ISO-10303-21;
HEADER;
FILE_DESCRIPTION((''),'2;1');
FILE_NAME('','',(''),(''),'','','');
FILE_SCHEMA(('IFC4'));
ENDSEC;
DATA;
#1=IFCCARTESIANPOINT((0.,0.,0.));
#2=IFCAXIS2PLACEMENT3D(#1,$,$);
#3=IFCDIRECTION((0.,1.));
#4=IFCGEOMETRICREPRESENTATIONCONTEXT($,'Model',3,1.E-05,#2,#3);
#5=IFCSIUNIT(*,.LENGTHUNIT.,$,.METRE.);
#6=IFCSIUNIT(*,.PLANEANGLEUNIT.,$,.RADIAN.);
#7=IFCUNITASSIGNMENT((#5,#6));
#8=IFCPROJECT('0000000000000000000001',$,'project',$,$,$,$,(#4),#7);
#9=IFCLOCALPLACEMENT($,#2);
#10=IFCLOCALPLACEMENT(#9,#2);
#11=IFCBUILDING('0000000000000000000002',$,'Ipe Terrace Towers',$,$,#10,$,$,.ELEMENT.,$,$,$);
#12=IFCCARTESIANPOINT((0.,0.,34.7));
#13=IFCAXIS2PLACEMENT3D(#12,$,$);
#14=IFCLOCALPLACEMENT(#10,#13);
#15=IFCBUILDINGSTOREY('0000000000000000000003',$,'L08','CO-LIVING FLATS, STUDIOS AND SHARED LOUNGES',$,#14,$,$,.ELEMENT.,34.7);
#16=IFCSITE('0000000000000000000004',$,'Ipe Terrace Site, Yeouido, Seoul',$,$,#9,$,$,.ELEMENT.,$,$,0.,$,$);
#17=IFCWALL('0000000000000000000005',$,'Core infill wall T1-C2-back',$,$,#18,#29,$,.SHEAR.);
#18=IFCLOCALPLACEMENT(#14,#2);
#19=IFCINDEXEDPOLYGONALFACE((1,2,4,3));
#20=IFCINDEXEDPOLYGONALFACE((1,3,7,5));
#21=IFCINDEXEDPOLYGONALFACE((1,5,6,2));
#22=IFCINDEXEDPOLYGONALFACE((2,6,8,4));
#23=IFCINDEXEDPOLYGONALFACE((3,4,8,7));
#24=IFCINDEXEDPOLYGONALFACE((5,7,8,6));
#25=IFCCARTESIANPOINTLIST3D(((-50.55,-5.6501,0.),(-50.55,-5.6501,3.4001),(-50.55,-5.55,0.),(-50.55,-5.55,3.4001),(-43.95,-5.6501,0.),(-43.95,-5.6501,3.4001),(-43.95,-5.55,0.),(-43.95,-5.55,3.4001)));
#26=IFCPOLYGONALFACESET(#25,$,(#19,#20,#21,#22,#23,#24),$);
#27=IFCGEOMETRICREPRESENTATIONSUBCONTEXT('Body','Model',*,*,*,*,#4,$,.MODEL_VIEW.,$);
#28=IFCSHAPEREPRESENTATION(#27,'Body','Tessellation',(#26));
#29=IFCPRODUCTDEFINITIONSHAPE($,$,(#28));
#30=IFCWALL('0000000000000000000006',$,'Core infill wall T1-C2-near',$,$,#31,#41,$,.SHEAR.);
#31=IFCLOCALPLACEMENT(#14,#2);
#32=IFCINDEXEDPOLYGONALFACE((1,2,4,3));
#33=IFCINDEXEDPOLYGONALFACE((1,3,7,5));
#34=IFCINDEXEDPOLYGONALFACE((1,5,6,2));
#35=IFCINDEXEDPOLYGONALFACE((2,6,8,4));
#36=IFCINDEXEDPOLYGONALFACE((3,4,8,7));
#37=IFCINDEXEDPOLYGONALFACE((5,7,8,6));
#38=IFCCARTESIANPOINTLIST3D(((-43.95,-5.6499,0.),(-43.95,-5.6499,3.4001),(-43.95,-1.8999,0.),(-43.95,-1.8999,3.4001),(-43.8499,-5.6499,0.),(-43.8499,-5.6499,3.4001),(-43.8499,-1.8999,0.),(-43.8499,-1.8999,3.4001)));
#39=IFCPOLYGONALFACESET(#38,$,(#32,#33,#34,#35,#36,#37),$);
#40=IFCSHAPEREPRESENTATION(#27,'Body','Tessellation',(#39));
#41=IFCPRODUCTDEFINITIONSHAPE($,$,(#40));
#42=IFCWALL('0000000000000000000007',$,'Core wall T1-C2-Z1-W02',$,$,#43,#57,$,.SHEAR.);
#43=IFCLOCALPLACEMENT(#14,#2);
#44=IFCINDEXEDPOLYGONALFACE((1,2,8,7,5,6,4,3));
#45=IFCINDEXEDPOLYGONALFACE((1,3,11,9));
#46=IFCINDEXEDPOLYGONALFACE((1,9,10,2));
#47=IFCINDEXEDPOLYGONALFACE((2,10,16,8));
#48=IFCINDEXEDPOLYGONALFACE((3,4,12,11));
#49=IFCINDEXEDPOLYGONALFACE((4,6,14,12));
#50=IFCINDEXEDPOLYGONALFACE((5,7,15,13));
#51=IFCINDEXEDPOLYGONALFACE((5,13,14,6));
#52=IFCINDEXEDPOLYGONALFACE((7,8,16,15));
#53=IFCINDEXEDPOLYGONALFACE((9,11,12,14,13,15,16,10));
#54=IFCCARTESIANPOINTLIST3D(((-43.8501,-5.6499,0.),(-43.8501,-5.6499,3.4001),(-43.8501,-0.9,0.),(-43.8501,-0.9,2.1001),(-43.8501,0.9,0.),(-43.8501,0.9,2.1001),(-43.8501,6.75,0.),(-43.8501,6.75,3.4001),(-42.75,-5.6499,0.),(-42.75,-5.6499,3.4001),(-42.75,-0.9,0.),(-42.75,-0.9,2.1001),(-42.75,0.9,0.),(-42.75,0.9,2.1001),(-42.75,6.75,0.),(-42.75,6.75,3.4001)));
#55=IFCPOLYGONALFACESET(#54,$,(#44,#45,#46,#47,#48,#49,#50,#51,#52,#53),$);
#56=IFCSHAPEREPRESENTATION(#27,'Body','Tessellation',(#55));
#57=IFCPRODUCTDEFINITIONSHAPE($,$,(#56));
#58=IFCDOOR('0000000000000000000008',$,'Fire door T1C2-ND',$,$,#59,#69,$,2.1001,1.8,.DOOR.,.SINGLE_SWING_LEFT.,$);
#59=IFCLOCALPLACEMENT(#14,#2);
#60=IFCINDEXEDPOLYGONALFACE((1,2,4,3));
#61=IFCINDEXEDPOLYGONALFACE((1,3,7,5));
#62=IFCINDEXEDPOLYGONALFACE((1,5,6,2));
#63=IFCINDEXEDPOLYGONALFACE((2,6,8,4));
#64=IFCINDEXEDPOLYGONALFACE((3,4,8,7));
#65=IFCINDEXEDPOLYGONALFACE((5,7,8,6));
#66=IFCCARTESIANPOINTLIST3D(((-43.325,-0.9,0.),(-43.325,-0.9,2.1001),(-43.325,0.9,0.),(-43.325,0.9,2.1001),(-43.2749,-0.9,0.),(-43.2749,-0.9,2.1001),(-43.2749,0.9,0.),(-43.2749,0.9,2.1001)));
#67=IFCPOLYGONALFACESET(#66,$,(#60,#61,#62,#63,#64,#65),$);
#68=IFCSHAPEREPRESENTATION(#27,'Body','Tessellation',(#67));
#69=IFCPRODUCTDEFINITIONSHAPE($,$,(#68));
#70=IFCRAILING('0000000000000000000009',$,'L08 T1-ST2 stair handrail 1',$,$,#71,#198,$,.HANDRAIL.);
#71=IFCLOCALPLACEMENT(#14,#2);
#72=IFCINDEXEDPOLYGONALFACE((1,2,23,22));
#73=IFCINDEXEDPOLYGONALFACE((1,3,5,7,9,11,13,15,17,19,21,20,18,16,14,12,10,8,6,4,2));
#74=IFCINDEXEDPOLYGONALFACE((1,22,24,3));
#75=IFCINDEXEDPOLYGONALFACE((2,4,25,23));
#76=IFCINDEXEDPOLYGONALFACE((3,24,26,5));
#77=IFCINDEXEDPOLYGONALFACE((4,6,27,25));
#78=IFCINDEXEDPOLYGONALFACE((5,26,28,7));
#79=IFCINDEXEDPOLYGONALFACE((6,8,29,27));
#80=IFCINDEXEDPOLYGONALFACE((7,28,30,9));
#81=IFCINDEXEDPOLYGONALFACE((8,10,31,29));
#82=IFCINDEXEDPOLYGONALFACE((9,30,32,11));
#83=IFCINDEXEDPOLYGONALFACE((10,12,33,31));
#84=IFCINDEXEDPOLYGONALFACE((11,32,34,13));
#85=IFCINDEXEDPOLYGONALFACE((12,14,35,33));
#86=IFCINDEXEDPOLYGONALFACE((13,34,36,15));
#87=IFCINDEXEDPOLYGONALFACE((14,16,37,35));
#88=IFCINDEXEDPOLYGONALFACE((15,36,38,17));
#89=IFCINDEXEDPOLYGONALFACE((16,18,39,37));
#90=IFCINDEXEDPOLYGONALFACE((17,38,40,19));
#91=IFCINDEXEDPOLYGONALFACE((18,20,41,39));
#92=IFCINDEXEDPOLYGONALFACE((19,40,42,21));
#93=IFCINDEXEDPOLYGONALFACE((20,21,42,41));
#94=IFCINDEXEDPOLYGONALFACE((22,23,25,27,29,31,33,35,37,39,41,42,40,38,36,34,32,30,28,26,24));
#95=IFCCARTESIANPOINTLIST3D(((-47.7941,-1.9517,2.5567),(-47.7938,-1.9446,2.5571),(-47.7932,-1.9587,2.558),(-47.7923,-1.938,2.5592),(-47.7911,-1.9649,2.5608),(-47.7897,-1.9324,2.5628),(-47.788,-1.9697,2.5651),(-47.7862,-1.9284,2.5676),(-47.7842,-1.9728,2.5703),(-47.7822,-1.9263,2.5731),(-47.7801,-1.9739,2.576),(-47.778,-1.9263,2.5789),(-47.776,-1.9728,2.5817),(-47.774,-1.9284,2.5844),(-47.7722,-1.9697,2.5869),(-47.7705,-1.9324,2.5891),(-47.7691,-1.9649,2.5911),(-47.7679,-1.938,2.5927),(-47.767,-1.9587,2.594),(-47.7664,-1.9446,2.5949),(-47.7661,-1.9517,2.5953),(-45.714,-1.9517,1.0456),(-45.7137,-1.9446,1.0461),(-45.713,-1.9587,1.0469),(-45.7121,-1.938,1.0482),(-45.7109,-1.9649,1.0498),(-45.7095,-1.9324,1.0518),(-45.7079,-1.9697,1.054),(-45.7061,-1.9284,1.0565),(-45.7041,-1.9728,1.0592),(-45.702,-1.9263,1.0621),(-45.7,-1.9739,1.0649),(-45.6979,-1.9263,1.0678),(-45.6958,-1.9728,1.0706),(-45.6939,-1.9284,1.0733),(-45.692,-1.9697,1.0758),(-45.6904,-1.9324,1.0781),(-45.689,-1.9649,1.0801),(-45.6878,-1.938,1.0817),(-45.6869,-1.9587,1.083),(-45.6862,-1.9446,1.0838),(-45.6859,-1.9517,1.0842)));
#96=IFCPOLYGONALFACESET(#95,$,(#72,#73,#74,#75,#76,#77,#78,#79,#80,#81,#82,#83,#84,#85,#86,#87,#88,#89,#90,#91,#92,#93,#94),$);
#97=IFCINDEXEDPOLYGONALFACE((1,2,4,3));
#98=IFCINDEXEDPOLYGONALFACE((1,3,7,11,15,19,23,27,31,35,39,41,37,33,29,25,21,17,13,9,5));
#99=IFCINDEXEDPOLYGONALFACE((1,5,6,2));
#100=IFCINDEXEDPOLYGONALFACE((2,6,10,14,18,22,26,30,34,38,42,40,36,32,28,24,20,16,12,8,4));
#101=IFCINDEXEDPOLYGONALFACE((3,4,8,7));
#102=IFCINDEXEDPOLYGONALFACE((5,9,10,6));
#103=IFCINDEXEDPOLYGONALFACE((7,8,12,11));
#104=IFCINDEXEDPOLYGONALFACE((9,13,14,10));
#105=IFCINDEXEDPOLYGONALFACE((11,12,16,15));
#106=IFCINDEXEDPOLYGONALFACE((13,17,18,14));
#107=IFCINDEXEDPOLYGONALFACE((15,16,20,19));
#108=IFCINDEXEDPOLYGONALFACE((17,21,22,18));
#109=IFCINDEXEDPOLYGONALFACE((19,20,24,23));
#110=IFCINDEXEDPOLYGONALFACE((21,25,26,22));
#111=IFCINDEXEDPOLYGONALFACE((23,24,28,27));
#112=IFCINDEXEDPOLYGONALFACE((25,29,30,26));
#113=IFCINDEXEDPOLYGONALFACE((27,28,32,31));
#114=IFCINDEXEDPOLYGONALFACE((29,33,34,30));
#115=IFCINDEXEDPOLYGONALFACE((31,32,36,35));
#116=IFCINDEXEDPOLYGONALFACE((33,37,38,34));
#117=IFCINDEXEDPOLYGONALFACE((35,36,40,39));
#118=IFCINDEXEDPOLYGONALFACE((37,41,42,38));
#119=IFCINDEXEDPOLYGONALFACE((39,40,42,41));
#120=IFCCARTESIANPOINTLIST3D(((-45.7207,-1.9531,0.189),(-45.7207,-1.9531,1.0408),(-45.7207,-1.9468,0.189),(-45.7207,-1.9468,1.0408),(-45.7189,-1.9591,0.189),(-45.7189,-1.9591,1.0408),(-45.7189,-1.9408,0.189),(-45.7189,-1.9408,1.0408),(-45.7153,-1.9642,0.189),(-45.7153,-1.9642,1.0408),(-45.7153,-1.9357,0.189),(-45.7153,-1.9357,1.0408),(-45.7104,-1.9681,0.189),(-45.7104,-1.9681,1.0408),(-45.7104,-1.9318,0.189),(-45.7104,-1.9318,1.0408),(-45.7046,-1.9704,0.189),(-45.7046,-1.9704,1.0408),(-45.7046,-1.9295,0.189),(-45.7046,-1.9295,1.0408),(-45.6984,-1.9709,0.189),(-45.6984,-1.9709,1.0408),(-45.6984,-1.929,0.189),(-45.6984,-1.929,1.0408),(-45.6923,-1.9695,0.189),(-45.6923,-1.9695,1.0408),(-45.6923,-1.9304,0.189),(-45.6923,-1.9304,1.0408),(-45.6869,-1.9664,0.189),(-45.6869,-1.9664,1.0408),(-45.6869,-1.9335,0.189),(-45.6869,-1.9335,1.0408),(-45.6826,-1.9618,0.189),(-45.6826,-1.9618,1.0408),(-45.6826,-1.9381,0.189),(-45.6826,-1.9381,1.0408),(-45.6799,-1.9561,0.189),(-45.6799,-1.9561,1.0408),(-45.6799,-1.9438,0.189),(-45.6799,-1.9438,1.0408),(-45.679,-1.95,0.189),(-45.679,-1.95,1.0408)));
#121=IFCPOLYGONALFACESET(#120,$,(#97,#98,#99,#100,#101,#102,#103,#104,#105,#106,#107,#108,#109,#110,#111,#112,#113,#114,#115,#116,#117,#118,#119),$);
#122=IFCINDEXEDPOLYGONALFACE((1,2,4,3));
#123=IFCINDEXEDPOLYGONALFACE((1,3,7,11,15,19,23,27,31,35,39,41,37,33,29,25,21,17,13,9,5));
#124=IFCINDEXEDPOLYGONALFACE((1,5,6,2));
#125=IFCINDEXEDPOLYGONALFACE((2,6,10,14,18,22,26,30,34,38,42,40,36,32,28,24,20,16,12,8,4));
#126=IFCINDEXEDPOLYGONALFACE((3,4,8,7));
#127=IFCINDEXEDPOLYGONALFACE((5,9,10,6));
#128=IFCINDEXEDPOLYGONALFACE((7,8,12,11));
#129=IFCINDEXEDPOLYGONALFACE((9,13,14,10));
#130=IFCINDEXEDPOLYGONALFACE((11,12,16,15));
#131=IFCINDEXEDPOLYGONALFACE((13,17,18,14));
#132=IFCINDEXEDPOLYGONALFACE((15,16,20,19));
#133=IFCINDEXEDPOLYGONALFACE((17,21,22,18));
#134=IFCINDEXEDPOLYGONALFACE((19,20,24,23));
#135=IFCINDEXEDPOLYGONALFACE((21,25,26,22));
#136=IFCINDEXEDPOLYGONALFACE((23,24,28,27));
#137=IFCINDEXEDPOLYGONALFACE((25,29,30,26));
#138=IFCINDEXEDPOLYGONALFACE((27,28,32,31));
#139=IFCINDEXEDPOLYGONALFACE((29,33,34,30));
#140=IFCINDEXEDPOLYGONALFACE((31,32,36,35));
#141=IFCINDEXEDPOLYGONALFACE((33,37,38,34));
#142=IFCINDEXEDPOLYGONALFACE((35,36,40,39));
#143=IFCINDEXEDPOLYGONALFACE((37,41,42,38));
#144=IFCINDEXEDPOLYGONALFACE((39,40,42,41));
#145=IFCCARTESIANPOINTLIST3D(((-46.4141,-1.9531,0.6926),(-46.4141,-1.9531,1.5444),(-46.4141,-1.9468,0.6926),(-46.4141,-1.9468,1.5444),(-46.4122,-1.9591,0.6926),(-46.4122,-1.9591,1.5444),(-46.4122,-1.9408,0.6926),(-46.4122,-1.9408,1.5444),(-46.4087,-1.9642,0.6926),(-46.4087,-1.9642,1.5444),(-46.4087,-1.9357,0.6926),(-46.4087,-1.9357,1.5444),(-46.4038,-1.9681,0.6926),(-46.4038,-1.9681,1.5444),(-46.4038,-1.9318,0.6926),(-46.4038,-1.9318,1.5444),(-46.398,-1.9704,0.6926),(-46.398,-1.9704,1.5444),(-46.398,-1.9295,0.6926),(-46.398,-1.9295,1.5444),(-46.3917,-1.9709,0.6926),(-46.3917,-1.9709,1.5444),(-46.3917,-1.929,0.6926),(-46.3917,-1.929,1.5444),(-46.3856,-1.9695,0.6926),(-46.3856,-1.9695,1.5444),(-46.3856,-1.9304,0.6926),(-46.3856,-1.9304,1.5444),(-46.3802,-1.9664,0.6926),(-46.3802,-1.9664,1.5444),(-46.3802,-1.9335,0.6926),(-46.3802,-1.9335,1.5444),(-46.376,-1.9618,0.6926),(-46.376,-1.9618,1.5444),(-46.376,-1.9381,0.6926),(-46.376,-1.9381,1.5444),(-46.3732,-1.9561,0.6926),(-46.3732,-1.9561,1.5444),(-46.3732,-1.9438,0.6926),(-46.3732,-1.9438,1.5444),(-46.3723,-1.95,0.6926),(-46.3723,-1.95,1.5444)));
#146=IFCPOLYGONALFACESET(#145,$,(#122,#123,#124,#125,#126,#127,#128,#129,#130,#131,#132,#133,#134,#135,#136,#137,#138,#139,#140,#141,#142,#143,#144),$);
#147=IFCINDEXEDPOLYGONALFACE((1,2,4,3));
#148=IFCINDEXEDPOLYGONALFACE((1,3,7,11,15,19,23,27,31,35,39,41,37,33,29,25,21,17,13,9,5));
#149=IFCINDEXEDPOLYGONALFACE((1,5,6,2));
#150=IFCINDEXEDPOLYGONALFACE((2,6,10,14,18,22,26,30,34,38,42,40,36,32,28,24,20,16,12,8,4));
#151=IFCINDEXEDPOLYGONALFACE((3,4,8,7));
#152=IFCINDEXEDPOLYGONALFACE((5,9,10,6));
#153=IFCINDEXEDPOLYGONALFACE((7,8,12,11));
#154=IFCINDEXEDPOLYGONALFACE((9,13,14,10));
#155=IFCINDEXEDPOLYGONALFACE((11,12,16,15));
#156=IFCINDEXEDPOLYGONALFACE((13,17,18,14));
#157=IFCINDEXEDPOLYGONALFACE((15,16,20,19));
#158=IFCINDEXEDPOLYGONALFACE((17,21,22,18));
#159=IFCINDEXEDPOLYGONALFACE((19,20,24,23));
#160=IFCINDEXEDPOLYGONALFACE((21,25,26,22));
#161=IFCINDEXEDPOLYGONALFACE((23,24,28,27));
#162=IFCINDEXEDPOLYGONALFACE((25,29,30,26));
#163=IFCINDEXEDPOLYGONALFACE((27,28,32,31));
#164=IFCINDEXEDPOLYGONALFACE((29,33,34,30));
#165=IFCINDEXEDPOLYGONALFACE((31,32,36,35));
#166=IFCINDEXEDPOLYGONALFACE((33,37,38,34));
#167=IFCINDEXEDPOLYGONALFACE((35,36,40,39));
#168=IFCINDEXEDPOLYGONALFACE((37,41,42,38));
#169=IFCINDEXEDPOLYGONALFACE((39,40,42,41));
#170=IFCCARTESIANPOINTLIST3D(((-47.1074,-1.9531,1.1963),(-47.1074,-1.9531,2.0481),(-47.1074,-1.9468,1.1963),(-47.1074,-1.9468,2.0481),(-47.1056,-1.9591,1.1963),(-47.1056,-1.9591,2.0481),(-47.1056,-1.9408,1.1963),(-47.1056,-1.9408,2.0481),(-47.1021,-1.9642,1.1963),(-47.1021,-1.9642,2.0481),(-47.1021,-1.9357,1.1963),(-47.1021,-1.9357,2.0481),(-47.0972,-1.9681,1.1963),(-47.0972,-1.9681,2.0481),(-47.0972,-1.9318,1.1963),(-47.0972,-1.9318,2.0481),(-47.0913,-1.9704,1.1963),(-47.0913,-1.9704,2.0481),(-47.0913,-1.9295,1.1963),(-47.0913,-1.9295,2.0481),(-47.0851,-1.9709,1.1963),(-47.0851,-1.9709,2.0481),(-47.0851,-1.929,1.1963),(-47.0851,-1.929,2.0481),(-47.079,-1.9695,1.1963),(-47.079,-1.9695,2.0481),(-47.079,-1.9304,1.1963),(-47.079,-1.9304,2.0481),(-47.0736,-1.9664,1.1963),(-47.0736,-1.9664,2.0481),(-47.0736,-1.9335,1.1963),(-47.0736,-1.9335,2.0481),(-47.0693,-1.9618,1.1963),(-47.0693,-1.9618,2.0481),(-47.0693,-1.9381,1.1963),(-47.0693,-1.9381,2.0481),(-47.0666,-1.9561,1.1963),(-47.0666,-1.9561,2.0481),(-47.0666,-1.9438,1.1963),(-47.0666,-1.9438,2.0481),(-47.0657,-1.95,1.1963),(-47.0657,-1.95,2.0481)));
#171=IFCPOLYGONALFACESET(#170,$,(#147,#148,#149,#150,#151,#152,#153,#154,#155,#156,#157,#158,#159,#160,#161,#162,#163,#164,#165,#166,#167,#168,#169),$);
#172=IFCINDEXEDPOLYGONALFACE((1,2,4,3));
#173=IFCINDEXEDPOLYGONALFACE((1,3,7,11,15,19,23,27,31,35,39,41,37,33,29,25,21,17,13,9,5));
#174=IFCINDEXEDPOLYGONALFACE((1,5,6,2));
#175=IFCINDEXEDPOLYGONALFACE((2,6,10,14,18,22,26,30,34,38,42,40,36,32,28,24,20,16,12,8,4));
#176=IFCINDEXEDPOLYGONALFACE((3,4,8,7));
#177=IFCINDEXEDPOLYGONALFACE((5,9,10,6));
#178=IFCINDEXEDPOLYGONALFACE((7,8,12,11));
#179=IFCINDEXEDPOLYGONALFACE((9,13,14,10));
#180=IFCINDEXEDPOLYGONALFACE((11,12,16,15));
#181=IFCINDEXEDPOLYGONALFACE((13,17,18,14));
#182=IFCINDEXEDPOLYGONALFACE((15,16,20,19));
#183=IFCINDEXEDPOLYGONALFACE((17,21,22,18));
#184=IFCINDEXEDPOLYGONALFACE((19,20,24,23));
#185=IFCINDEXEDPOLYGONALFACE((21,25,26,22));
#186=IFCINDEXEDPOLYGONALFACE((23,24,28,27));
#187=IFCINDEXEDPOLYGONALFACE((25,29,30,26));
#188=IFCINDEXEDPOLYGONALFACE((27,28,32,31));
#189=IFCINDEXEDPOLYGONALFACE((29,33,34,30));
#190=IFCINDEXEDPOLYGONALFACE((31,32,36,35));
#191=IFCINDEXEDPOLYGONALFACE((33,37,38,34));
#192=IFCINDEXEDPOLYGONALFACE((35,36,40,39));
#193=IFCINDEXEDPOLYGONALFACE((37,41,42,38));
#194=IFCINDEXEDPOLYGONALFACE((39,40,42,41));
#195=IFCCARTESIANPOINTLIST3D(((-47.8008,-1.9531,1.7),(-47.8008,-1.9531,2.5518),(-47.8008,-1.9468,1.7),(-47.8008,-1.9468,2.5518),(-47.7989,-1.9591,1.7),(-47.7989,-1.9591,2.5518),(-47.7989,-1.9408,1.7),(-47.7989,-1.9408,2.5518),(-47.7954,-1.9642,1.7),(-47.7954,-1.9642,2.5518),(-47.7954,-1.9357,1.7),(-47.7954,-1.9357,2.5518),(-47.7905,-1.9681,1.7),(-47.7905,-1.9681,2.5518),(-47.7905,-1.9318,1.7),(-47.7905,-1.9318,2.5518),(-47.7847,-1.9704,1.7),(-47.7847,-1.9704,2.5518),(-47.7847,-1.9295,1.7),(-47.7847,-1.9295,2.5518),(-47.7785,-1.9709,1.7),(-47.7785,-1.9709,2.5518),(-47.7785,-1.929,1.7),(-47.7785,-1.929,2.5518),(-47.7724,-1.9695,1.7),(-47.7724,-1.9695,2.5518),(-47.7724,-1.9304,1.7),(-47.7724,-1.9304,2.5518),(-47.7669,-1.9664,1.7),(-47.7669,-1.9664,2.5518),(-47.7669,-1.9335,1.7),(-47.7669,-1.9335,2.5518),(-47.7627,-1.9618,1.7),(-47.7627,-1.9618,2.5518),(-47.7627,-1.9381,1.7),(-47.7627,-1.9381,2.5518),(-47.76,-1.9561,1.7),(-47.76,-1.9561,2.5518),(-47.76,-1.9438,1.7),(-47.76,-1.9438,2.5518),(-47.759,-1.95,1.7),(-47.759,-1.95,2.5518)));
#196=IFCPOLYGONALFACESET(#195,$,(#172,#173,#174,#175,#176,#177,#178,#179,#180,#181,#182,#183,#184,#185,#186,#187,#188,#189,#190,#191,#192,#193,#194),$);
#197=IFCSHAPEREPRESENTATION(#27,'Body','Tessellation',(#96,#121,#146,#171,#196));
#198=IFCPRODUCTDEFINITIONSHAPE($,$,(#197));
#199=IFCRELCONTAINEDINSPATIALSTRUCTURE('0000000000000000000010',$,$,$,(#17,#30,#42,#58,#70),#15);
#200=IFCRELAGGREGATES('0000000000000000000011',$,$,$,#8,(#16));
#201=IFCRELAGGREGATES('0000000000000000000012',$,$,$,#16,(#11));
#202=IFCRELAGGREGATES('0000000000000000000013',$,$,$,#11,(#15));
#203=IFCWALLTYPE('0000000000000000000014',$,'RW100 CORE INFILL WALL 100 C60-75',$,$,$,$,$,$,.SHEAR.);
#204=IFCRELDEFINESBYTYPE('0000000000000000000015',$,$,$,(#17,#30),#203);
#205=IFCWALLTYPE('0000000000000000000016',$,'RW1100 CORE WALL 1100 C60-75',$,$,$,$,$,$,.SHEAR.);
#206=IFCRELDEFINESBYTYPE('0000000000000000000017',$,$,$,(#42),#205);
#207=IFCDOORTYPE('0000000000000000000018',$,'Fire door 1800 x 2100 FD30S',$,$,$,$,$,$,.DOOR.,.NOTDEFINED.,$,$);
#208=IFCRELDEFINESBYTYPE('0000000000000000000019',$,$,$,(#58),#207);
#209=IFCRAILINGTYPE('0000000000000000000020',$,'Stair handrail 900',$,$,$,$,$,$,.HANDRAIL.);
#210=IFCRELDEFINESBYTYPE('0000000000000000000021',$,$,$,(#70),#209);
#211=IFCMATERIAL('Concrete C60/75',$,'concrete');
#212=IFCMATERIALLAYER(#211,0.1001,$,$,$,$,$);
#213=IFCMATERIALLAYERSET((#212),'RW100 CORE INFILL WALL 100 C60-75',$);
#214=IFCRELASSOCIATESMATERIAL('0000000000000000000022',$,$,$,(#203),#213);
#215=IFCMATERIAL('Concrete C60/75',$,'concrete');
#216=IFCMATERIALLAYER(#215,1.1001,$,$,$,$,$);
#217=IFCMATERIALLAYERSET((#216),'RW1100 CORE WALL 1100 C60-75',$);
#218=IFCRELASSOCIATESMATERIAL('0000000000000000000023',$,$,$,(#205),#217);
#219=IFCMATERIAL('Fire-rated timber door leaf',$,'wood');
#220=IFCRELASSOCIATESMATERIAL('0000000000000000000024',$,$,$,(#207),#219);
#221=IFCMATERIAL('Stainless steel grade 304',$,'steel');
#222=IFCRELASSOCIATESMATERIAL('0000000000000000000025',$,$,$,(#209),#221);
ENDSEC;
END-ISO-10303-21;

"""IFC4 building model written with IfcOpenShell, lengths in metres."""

from ifc_helpers import new_model, si_unit, direction, frame, frame_2d, origin, origin_2d, place, context, subcontext, project, spatial, rectangle, circle, extrude, material, layer, layer_set, type_object, element, fill, save


model = new_model("IFC4")

# Units and contexts
model_context = context("Model", 3, precision=1e-05, world=origin(), true_north=direction((0.0, 1.0)))
body_context = subcontext(model_context, "Body", "Model", "MODEL_VIEW")
ifc_project = project(units=[si_unit("LENGTHUNIT", "METRE"), si_unit("PLANEANGLEUNIT", "RADIAN")], contexts=[model_context])

# Site, building, storey
site_placement = place(None, origin())
site = spatial("IfcSite", under=ifc_project, at=site_placement, Name="Ipe Terrace Site, Yeouido, Seoul", CompositionType="ELEMENT", RefElevation=0.0)
building_placement = place(site_placement, origin())
building = spatial("IfcBuilding", under=site, at=building_placement, Name="Ipe Terrace Towers", CompositionType="ELEMENT")
storey_placement = place(building_placement, frame((0.0, 0.0, 34.7)))
storey = spatial("IfcBuildingStorey", under=building, at=storey_placement, Name="L08", Description="CO-LIVING FLATS, STUDIOS AND SHARED LOUNGES", CompositionType="ELEMENT", Elevation=34.7)

# Walls
ifc_material_1 = material(Name="Concrete C60/75", Category="concrete")
ifc_layer_1 = layer(ifc_material_1, 0.1001)
ifc_layer_set_1 = layer_set([ifc_layer_1], Name="RW100 CORE INFILL WALL 100 C60-75")
wall_type_1 = type_object("IfcWallType", Name="RW100 CORE INFILL WALL 100 C60-75", PredefinedType="SHEAR", material=ifc_layer_set_1)
wall_1_placement = place(storey_placement, frame((-43.95, -5.6001, 0.0), z_axis=(0.0, 0.0, 1.0), x_axis=(-1.0, 0.0, 0.0)))
element("IfcWall", 1, at=wall_1_placement, inside=storey, type_object=wall_type_1, Name="Core infill wall T1-C2-back", PredefinedType="SHEAR", context=body_context, shape_type="SweptSolid", body=[
    extrude(rectangle(XDim=6.6001, YDim=0.1001, at=frame_2d((3.3, 0.0))), origin(), (0.0, 0.0, 1.0), 3.4001),
])
wall_2_placement = place(storey_placement, frame((-43.8999, -1.8999, 0.0), z_axis=(0.0, 0.0, 1.0), x_axis=(0.0, -1.0, 0.0)))
element("IfcWall", 2, at=wall_2_placement, inside=storey, type_object=wall_type_1, Name="Core infill wall T1-C2-near", PredefinedType="SHEAR", context=body_context, shape_type="SweptSolid", body=[
    extrude(rectangle(XDim=3.75, YDim=0.1001, at=frame_2d((1.875, 0.0))), origin(), (0.0, 0.0, 1.0), 3.4001),
])

# Wall, opening, door
ifc_material_2 = material(Name="Concrete C60/75", Category="concrete")
ifc_layer_2 = layer(ifc_material_2, 1.1001)
ifc_layer_set_2 = layer_set([ifc_layer_2], Name="RW1100 CORE WALL 1100 C60-75")
wall_type_2 = type_object("IfcWallType", Name="RW1100 CORE WALL 1100 C60-75", PredefinedType="SHEAR", material=ifc_layer_set_2)
wall_3_placement = place(storey_placement, frame((-43.3, -5.6499, 0.0), z_axis=(0.0, 0.0, 1.0), x_axis=(0.0, 1.0, 0.0)))
wall_3 = element("IfcWall", 3, at=wall_3_placement, inside=storey, type_object=wall_type_2, Name="Core wall T1-C2-Z1-W02", PredefinedType="SHEAR", context=body_context, shape_type="SweptSolid", body=[
    extrude(rectangle(XDim=12.3999, YDim=1.1001, at=frame_2d((6.2, 0.0))), origin(), (0.0, 0.0, 1.0), 3.4001),
])
opening_1_placement = place(wall_3_placement, frame((4.75, 0.0, 0.0)))
opening_1 = element("IfcOpeningElement", 4, at=opening_1_placement, cuts=wall_3, PredefinedType="OPENING", context=body_context, shape_type="SweptSolid", body=[
    extrude(rectangle(XDim=1.8, YDim=2.1001, at=frame_2d((0.8999, 1.05))), frame((0.0, 0.5601, 0.0), z_axis=(0.0, -1.0, 0.0), x_axis=(1.0, 0.0, 0.0)), (0.0, 0.0, 1.0), 1.1201),
])
ifc_material_3 = material(Name="Fire-rated timber door leaf", Category="wood")
door_type_1 = type_object("IfcDoorType", Name="Fire door 1800 x 2100 FD30S", OperationType="NOTDEFINED", PredefinedType="DOOR", material=ifc_material_3)
door_1_placement = place(opening_1_placement, origin())
door_1 = element("IfcDoor", 5, at=door_1_placement, inside=storey, type_object=door_type_1, Name="Fire door T1C2-ND", OperationType="SINGLE_SWING_LEFT", OverallHeight=2.1001, OverallWidth=1.8, PredefinedType="DOOR", context=body_context, shape_type="SweptSolid", body=[
    extrude(rectangle(XDim=1.8, YDim=2.1001, at=frame_2d((0.8999, 1.05))), frame((0.0, 0.0249, 0.0), z_axis=(0.0, -1.0, 0.0), x_axis=(1.0, 0.0, 0.0)), (0.0, 0.0, 1.0), 0.05),
])
fill(opening_1, door_1)

# Railing
ifc_material_4 = material(Name="Stainless steel grade 304", Category="steel")
railing_type_1 = type_object("IfcRailingType", Name="Stair handrail 900", PredefinedType="HANDRAIL", material=ifc_material_4)
railing_1_placement = place(storey_placement, frame((-45.7, -1.95, 0.189)))
element("IfcRailing", 6, at=railing_1_placement, inside=storey, type_object=railing_type_1, Name="L08 T1-ST2 stair handrail 1", PredefinedType="HANDRAIL", context=body_context, shape_type="SweptSolid", body=[
    extrude(circle(Radius=0.0239, at=origin_2d()), frame((0.0, 0.0, 0.876), z_axis=(-0.809069, 0.0, 0.587714), x_axis=(0.0, -1.0, 0.0)), (0.0, 0.0, 1.0), 2.571),
    extrude(circle(Radius=0.021, at=origin_2d()), origin(), (0.0, 0.0, 1.0), 0.8518),
    extrude(circle(Radius=0.021, at=origin_2d()), frame((-0.6934, 0.0, 0.5037)), (0.0, 0.0, 1.0), 0.8518),
    extrude(circle(Radius=0.021, at=origin_2d()), frame((-1.3867, 0.0, 1.0073)), (0.0, 0.0, 1.0), 0.8518),
    extrude(circle(Radius=0.021, at=origin_2d()), frame((-2.0801, 0.0, 1.511)), (0.0, 0.0, 1.0), 0.8518),
])

save(model, "model.ifc")
